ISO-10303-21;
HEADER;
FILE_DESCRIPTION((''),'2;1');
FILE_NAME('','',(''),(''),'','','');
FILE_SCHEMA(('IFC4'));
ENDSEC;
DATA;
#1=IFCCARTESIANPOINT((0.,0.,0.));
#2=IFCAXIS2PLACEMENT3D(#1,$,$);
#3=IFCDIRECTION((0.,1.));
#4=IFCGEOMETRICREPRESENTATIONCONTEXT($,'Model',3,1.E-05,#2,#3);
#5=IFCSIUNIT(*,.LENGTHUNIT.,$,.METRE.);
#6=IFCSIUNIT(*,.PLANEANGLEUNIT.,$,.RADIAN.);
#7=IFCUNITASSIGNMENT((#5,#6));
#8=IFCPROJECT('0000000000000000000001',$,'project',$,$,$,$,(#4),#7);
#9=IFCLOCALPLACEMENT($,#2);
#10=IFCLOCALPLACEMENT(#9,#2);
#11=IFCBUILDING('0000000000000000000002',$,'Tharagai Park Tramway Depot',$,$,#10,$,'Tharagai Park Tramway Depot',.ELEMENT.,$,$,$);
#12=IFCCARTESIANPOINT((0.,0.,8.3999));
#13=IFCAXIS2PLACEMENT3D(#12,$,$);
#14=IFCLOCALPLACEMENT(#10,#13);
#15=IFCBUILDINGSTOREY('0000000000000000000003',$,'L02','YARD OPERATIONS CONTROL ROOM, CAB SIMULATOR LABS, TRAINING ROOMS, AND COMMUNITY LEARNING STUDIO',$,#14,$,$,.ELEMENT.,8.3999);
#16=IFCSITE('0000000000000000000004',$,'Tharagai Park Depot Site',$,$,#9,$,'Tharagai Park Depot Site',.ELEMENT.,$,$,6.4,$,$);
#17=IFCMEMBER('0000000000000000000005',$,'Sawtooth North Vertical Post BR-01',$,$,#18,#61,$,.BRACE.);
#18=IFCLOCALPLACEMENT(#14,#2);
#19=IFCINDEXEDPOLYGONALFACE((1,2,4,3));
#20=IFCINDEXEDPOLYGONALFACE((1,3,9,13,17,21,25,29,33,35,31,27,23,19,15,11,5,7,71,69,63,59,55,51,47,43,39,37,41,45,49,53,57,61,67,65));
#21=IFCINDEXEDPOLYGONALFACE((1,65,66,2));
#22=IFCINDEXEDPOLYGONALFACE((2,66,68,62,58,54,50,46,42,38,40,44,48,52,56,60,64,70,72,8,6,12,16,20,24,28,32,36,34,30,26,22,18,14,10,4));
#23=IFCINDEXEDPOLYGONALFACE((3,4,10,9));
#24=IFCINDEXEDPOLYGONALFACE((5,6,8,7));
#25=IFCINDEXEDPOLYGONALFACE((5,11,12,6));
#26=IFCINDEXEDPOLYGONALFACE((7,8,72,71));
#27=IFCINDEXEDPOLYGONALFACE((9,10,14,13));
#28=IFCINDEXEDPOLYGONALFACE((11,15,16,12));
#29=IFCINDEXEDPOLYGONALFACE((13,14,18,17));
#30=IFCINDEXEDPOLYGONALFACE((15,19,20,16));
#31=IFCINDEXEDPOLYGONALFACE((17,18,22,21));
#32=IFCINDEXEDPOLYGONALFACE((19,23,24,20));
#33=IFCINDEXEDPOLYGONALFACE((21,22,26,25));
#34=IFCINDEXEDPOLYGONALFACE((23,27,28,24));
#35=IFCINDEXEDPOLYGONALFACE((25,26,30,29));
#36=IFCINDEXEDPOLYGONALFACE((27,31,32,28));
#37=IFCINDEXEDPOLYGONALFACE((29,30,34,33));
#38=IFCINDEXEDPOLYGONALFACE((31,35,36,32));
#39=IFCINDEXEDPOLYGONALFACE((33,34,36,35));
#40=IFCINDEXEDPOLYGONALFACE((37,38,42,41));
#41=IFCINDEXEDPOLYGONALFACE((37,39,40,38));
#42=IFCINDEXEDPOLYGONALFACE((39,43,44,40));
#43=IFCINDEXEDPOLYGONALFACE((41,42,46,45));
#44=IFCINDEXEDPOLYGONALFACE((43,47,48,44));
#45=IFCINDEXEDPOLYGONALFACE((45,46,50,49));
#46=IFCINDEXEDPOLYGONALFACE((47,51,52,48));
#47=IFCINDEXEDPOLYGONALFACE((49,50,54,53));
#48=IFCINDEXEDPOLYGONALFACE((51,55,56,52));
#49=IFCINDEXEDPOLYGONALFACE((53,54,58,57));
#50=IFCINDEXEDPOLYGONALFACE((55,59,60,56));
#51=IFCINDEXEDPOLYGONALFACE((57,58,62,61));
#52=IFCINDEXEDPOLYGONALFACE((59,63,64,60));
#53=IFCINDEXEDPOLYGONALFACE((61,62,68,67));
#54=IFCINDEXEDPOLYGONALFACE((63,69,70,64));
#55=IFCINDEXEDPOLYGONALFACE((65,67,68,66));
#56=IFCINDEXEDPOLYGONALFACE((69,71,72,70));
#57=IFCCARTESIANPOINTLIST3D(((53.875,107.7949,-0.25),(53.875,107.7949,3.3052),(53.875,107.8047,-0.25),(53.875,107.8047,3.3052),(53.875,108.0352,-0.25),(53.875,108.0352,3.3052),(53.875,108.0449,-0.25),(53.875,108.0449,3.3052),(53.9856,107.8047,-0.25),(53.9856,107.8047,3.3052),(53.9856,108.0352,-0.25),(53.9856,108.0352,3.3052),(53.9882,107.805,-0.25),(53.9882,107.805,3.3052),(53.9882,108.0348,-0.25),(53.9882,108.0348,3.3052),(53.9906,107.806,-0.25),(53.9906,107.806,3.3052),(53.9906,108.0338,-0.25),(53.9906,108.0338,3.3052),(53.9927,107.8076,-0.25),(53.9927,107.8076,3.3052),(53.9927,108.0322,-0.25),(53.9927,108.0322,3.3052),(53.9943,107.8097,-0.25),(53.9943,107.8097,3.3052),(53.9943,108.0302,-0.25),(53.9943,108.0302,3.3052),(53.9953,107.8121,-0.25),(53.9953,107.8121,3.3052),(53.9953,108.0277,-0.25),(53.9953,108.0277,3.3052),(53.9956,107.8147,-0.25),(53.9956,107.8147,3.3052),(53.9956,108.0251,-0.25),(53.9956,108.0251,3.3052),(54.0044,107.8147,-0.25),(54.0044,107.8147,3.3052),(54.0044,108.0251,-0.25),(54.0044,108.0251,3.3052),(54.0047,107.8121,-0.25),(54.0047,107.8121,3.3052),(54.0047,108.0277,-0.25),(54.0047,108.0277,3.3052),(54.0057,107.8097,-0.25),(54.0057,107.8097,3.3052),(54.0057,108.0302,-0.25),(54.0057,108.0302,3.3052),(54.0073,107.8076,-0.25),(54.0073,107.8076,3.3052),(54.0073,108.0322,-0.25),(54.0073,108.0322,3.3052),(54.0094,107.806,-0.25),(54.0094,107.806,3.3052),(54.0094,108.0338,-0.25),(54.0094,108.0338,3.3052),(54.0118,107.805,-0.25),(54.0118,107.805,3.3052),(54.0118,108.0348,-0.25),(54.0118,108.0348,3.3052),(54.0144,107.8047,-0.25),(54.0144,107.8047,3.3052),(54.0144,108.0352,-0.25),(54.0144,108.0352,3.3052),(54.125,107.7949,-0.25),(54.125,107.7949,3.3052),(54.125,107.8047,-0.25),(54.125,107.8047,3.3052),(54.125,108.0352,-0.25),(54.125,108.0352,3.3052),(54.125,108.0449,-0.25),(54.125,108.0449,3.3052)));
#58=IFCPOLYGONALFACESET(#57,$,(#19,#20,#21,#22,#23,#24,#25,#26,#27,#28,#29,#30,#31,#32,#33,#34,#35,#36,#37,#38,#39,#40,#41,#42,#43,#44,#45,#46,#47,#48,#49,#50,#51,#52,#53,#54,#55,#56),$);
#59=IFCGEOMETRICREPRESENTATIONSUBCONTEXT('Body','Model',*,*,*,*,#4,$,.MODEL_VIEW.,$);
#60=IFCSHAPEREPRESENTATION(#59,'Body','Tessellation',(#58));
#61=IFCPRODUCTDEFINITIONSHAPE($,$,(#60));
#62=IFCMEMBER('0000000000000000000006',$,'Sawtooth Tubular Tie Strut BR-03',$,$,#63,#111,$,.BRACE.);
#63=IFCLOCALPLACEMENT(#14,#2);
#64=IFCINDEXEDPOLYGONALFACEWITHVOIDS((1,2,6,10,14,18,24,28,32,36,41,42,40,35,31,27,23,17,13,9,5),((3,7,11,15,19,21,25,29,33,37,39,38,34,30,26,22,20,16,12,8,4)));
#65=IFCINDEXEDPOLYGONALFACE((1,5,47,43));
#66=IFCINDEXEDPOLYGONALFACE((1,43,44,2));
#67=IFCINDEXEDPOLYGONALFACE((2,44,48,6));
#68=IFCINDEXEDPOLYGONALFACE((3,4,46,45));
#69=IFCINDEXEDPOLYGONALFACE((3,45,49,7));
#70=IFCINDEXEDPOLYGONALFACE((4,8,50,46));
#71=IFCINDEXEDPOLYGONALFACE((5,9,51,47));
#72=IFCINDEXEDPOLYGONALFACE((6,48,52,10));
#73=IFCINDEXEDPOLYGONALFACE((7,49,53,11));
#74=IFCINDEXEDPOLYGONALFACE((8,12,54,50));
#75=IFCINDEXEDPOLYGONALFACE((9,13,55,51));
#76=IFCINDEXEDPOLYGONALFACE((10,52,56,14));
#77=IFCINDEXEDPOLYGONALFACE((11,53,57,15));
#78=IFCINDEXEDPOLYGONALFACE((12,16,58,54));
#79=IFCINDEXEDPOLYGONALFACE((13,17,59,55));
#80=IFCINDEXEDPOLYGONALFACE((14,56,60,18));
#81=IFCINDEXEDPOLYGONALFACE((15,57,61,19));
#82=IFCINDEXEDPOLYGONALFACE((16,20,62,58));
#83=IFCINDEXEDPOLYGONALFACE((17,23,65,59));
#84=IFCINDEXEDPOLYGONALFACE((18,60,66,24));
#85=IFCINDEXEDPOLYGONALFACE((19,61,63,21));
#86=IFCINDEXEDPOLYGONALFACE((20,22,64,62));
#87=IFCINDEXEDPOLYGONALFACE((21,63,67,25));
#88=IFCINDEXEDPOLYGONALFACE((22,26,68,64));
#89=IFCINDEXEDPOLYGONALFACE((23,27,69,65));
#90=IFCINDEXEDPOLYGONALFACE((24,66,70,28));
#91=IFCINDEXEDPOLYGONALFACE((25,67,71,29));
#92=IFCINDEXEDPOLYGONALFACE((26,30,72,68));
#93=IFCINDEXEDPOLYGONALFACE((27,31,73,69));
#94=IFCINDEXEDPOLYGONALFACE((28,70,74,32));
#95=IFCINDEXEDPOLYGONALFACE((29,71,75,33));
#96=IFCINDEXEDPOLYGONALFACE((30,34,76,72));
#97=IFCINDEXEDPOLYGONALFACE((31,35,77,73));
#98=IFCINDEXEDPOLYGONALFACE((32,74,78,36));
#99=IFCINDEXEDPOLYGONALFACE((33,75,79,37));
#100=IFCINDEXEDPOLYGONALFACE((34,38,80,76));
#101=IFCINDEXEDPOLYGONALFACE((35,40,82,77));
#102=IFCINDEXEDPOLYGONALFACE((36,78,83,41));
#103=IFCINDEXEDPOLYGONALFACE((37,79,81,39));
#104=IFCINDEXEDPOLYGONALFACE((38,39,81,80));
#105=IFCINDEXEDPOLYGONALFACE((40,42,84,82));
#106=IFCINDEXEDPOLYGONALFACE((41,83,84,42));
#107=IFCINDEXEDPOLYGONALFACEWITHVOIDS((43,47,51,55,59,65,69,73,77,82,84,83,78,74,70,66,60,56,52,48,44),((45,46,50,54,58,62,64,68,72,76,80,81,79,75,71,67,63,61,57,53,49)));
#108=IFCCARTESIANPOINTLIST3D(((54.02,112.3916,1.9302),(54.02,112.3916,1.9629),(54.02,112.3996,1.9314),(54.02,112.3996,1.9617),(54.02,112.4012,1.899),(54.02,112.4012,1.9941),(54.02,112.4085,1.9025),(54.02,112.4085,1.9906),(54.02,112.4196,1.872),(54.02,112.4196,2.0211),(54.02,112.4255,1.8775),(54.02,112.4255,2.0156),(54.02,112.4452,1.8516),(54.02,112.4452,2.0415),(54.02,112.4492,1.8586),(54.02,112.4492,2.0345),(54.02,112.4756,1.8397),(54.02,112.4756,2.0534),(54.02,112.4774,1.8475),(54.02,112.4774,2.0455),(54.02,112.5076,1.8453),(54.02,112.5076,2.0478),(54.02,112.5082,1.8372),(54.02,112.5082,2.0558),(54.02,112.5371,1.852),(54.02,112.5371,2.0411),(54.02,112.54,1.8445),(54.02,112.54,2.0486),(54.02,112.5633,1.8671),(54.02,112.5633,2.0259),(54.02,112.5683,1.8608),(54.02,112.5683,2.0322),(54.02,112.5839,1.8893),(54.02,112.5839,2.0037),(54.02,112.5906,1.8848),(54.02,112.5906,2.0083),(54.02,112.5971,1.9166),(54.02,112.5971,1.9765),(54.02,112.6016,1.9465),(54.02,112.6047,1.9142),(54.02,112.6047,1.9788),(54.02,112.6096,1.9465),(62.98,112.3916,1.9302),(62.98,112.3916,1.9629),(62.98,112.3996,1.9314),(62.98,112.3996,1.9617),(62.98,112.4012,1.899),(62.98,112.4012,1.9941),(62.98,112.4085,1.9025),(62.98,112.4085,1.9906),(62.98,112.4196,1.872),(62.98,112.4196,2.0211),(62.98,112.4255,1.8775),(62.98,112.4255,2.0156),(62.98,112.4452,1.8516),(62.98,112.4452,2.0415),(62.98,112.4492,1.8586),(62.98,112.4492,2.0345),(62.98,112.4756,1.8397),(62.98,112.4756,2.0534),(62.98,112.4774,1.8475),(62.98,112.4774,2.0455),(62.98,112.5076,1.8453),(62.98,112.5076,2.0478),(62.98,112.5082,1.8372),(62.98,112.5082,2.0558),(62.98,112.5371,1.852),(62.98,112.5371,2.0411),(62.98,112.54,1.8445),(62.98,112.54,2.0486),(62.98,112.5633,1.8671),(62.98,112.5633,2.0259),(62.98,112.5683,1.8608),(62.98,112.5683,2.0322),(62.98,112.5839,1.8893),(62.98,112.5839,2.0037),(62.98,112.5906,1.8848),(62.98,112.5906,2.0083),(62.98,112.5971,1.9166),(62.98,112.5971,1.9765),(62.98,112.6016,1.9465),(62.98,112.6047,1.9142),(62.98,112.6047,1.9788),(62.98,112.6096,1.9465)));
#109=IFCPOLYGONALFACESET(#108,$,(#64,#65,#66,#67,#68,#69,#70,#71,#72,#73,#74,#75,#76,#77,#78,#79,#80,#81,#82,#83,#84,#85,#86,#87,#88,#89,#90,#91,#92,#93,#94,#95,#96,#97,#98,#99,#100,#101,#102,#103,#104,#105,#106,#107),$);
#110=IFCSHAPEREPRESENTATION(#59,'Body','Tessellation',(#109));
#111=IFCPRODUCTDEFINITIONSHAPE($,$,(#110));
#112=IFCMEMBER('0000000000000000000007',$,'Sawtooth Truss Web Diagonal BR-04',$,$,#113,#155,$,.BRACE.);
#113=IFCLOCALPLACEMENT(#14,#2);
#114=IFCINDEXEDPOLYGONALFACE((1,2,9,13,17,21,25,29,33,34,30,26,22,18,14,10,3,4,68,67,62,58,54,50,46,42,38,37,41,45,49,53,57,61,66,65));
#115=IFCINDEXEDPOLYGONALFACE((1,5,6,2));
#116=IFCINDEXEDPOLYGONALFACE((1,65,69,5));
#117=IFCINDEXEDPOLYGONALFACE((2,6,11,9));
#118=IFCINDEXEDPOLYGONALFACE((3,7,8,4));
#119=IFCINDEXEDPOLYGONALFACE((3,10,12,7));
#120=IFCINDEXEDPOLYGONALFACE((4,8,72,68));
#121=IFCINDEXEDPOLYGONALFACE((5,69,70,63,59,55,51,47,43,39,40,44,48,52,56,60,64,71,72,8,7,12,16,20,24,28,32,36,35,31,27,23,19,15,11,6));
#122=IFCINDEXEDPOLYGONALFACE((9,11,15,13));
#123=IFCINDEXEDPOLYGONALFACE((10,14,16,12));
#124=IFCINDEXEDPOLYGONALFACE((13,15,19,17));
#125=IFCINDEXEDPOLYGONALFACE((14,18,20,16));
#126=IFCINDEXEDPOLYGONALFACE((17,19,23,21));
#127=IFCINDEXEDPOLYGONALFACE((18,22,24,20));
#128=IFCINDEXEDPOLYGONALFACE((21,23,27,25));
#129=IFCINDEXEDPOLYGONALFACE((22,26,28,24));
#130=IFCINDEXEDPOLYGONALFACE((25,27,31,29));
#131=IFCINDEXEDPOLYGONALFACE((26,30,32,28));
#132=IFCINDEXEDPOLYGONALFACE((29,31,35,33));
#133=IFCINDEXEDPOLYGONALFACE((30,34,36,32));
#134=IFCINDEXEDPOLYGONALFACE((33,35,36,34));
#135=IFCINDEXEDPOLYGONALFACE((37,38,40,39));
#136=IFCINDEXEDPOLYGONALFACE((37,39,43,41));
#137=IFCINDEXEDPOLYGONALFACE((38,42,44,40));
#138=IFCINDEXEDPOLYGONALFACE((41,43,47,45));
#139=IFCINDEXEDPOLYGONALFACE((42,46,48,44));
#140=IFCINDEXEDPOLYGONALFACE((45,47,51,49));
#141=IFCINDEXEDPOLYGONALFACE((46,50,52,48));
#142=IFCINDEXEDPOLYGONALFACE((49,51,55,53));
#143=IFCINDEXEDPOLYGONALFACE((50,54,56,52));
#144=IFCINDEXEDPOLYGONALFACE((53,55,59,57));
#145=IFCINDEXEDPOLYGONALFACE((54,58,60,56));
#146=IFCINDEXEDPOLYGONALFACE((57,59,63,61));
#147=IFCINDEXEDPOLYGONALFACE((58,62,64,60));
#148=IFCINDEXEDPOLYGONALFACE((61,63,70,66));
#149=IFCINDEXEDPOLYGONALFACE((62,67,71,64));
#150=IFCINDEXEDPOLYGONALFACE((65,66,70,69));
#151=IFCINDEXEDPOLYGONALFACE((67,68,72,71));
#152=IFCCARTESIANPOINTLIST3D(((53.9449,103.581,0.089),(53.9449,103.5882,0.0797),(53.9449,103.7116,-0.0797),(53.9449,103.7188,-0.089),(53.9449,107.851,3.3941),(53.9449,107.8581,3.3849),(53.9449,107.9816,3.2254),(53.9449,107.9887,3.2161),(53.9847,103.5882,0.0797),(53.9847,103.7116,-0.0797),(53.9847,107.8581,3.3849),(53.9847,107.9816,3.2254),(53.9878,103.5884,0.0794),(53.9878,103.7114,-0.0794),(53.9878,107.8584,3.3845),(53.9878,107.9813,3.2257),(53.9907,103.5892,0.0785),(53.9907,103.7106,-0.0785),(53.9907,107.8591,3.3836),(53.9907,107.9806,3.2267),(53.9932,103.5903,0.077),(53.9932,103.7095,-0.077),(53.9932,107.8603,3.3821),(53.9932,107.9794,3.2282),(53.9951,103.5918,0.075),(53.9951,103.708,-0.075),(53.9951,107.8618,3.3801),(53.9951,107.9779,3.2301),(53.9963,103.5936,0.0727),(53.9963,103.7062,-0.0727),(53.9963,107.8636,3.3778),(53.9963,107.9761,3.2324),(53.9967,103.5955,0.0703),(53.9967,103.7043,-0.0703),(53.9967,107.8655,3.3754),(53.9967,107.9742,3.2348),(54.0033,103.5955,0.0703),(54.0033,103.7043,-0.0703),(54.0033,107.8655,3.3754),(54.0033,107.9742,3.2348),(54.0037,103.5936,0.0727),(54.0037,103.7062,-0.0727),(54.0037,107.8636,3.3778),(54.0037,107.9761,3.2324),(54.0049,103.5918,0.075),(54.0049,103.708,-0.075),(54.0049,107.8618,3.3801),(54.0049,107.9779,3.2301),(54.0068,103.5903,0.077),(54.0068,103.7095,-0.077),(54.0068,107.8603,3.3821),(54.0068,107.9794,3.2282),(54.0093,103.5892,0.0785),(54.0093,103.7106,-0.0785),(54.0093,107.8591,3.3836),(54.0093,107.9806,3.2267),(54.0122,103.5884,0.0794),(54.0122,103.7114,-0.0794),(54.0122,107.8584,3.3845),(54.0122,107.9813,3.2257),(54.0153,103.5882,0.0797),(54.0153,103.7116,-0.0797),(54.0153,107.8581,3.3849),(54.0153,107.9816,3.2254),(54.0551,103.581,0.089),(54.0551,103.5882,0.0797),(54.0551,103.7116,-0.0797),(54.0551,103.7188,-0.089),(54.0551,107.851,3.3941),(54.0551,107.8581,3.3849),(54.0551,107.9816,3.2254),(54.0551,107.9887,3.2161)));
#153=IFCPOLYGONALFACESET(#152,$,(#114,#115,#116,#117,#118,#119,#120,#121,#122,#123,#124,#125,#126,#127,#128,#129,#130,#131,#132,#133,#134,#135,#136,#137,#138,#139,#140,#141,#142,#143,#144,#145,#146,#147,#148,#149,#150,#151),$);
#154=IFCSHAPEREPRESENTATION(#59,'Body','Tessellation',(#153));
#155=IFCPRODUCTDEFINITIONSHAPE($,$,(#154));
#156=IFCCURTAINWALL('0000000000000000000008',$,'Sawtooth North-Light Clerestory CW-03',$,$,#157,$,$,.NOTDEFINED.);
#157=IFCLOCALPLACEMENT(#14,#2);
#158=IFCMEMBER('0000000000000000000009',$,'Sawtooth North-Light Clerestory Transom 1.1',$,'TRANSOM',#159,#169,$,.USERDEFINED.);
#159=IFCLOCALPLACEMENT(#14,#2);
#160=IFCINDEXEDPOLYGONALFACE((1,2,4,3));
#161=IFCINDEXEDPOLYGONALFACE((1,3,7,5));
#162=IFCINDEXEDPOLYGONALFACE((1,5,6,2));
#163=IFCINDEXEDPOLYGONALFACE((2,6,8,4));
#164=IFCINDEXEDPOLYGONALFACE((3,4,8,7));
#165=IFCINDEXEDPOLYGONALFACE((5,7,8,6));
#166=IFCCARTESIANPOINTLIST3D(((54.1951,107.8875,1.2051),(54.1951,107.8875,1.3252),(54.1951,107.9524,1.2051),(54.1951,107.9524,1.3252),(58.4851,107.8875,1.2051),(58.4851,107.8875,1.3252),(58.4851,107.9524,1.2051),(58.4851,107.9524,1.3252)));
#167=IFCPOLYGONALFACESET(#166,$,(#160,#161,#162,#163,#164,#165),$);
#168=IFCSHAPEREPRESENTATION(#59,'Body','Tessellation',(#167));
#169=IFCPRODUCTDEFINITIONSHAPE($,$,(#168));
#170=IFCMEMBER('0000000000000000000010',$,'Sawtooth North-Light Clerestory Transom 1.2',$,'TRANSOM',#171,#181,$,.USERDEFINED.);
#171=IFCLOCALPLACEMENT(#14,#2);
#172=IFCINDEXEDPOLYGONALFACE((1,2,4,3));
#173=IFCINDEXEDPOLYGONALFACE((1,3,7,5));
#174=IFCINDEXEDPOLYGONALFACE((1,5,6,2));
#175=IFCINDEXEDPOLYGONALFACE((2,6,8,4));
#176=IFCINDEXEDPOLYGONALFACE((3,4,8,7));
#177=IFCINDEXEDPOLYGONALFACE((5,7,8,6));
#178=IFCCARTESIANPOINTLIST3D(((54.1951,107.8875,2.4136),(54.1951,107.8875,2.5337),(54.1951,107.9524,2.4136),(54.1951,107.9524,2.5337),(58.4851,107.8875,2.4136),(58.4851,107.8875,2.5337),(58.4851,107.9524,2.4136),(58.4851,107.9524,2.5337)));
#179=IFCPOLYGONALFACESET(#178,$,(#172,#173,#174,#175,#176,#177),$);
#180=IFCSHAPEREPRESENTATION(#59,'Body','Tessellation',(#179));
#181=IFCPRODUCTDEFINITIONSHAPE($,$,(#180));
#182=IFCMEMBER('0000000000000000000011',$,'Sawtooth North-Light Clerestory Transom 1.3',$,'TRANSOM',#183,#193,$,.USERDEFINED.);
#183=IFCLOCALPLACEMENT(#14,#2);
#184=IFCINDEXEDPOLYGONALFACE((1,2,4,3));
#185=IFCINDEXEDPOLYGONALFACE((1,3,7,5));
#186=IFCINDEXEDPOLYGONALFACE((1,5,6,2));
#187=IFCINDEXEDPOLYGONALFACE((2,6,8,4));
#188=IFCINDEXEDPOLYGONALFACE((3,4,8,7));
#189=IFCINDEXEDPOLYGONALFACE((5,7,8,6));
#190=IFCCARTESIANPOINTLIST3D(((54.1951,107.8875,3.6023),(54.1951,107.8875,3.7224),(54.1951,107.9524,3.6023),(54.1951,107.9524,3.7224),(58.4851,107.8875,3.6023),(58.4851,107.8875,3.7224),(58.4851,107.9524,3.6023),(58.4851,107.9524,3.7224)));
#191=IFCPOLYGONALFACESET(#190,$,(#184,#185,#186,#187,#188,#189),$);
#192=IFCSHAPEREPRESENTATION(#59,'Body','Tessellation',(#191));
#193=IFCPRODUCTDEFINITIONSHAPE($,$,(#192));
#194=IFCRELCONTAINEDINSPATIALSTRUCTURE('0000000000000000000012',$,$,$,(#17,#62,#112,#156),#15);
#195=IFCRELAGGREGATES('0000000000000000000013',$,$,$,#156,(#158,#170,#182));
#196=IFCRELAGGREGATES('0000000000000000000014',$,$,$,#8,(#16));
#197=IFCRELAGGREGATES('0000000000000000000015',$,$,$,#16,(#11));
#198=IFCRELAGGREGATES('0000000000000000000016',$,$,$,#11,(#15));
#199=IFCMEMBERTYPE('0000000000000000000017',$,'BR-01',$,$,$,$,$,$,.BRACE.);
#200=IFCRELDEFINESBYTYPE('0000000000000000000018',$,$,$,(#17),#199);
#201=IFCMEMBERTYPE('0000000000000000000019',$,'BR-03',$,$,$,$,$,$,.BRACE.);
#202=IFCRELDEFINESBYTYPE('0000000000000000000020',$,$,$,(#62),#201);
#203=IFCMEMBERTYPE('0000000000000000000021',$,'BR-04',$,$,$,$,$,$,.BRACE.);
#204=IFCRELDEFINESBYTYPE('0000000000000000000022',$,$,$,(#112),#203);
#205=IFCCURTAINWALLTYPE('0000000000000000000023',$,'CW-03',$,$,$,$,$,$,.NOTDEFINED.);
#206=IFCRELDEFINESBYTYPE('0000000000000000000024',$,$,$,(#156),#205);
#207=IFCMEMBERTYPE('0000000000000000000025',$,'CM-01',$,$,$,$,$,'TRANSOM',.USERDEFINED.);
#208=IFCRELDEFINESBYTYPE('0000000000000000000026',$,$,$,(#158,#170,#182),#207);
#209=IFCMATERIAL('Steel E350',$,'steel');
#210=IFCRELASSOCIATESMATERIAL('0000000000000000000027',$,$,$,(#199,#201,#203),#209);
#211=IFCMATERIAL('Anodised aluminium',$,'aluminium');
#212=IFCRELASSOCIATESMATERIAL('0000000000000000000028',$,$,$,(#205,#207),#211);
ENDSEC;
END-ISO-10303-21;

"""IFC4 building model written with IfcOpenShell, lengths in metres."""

from ifc_helpers import new_model, si_unit, direction, frame, origin, origin_2d, place, context, subcontext, project, spatial, rectangle, hollow_circle, i_section, extrude, material, material_profile, profile_set, type_object, element, aggregate, save


model = new_model("IFC4")

# Units and contexts
model_context = context("Model", 3, precision=1e-05, world=origin(), true_north=direction((0.0, 1.0)))
body_context = subcontext(model_context, "Body", "Model", "MODEL_VIEW")
ifc_project = project(units=[si_unit("LENGTHUNIT", "METRE"), si_unit("PLANEANGLEUNIT", "RADIAN")], contexts=[model_context])

# Site, building, storey
site_placement = place(None, origin())
site = spatial("IfcSite", under=ifc_project, at=site_placement, Name="Tharagai Park Depot Site", LongName="Tharagai Park Depot Site", CompositionType="ELEMENT", RefElevation=6.4)
building_placement = place(site_placement, origin())
building = spatial("IfcBuilding", under=site, at=building_placement, Name="Tharagai Park Tramway Depot", LongName="Tharagai Park Tramway Depot", CompositionType="ELEMENT")
storey_placement = place(building_placement, frame((0.0, 0.0, 8.3999)))
storey = spatial("IfcBuildingStorey", under=building, at=storey_placement, Name="L02", Description="YARD OPERATIONS CONTROL ROOM, CAB SIMULATOR LABS, TRAINING ROOMS, AND COMMUNITY LEARNING STUDIO", CompositionType="ELEMENT", Elevation=8.3999)

# Members
ifc_material_1 = material(Name="Steel E350", Category="steel")
ifc_material_profile_1 = material_profile(ifc_material_1, i_section(OverallWidth=0.25, OverallDepth=0.25, WebThickness=0.0088, FlangeThickness=0.0098, FilletRadius=0.01, at=origin_2d()), Name="ISHB 250")
ifc_profile_set_1 = profile_set([ifc_material_profile_1], Name="Steel E350")
member_type_1 = type_object("IfcMemberType", Name="BR-01", PredefinedType="BRACE", material=ifc_profile_set_1)
member_1_placement = place(storey_placement, frame((54.0, 107.9199, -0.25), z_axis=(0.0, 0.0, 1.0), x_axis=(1.0, 0.0, 0.0)))
element("IfcMember", 1, at=member_1_placement, inside=storey, type_object=member_type_1, Name="Sawtooth North Vertical Post BR-01", PredefinedType="BRACE", context=body_context, shape_type="SweptSolid", body=[
    extrude(i_section(OverallWidth=0.25, OverallDepth=0.25, WebThickness=0.0088, FlangeThickness=0.0098, FilletRadius=0.01, at=origin_2d()), origin(), (0.0, 0.0, 1.0), 3.5552),
])
ifc_material_profile_2 = material_profile(ifc_material_1, hollow_circle(Radius=0.1096, WallThickness=0.0081, at=origin_2d()), Name="CHS 219.1x8")
ifc_profile_set_2 = profile_set([ifc_material_profile_2], Name="Steel E350")
member_type_2 = type_object("IfcMemberType", Name="BR-03", PredefinedType="BRACE", material=ifc_profile_set_2)
member_2_placement = place(storey_placement, frame((54.02, 112.5, 1.9465), z_axis=(1.0, 0.0, 0.0), x_axis=(0.0, 1.0, 0.0)))
element("IfcMember", 2, at=member_2_placement, inside=storey, type_object=member_type_2, Name="Sawtooth Tubular Tie Strut BR-03", PredefinedType="BRACE", context=body_context, shape_type="SweptSolid", body=[
    extrude(hollow_circle(Radius=0.1096, WallThickness=0.0081, at=origin_2d()), origin(), (0.0, 0.0, 1.0), 8.96),
])
ifc_material_profile_3 = material_profile(ifc_material_1, i_section(OverallWidth=0.1101, OverallDepth=0.2251, WebThickness=0.0066, FlangeThickness=0.0117, FilletRadius=0.012, at=origin_2d()), Name="ISMB 225")
ifc_profile_set_3 = profile_set([ifc_material_profile_3], Name="Steel E350")
member_type_3 = type_object("IfcMemberType", Name="BR-04", PredefinedType="BRACE", material=ifc_profile_set_3)
member_3_placement = place(storey_placement, frame((54.0, 103.6499, 0.0), z_axis=(0.0, 0.790782, 0.612098), x_axis=(-1.0, 0.0, 0.0)))
element("IfcMember", 3, at=member_3_placement, inside=storey, type_object=member_type_3, Name="Sawtooth Truss Web Diagonal BR-04", PredefinedType="BRACE", context=body_context, shape_type="SweptSolid", body=[
    extrude(i_section(OverallWidth=0.1101, OverallDepth=0.2251, WebThickness=0.0066, FlangeThickness=0.0117, FilletRadius=0.012, at=origin_2d()), origin(), (0.0, 0.0, 1.0), 5.3997),
])

# Curtain wall, members
ifc_material_2 = material(Name="Anodised aluminium", Category="aluminium")
curtain_wall_type = type_object("IfcCurtainWallType", Name="CW-03", PredefinedType="NOTDEFINED", material=ifc_material_2)
curtain_wall_1_placement = place(storey_placement, origin())
curtain_wall_1 = element("IfcCurtainWall", 4, at=curtain_wall_1_placement, inside=storey, type_object=curtain_wall_type, Name="Sawtooth North-Light Clerestory CW-03", PredefinedType="NOTDEFINED")
ifc_material_profile_4 = material_profile(ifc_material_2, rectangle(XDim=0.0649, YDim=0.1201, at=origin_2d()), Name="ALU 65x120")
ifc_profile_set_4 = profile_set([ifc_material_profile_4], Name="Anodised aluminium")
member_type_4 = type_object("IfcMemberType", Name="CM-01", ElementType="TRANSOM", PredefinedType="USERDEFINED", material=ifc_profile_set_4)
member_4_placement = place(storey_placement, frame((54.1951, 107.9199, 1.2651), z_axis=(1.0, 0.0, 0.0), x_axis=(0.0, 1.0, 0.0)))
member_4 = element("IfcMember", 5, at=member_4_placement, type_object=member_type_4, Name="Sawtooth North-Light Clerestory Transom 1.1", ObjectType="TRANSOM", PredefinedType="USERDEFINED", context=body_context, shape_type="SweptSolid", body=[
    extrude(rectangle(XDim=0.0649, YDim=0.1201, at=origin_2d()), origin(), (0.0, 0.0, 1.0), 4.29),
])
member_5_placement = place(storey_placement, frame((54.1951, 107.9199, 2.4736), z_axis=(1.0, 0.0, 0.0), x_axis=(0.0, 1.0, 0.0)))
member_5 = element("IfcMember", 6, at=member_5_placement, type_object=member_type_4, Name="Sawtooth North-Light Clerestory Transom 1.2", ObjectType="TRANSOM", PredefinedType="USERDEFINED", context=body_context, shape_type="SweptSolid", body=[
    extrude(rectangle(XDim=0.0649, YDim=0.1201, at=origin_2d()), origin(), (0.0, 0.0, 1.0), 4.29),
])
member_6_placement = place(storey_placement, frame((54.1951, 107.9199, 3.6624), z_axis=(1.0, 0.0, 0.0), x_axis=(0.0, 1.0, 0.0)))
member_6 = element("IfcMember", 7, at=member_6_placement, type_object=member_type_4, Name="Sawtooth North-Light Clerestory Transom 1.3", ObjectType="TRANSOM", PredefinedType="USERDEFINED", context=body_context, shape_type="SweptSolid", body=[
    extrude(rectangle(XDim=0.0649, YDim=0.1201, at=origin_2d()), origin(), (0.0, 0.0, 1.0), 4.29),
])

aggregate(curtain_wall_1, [member_4, member_5, member_6])

save(model, "model.ifc")
